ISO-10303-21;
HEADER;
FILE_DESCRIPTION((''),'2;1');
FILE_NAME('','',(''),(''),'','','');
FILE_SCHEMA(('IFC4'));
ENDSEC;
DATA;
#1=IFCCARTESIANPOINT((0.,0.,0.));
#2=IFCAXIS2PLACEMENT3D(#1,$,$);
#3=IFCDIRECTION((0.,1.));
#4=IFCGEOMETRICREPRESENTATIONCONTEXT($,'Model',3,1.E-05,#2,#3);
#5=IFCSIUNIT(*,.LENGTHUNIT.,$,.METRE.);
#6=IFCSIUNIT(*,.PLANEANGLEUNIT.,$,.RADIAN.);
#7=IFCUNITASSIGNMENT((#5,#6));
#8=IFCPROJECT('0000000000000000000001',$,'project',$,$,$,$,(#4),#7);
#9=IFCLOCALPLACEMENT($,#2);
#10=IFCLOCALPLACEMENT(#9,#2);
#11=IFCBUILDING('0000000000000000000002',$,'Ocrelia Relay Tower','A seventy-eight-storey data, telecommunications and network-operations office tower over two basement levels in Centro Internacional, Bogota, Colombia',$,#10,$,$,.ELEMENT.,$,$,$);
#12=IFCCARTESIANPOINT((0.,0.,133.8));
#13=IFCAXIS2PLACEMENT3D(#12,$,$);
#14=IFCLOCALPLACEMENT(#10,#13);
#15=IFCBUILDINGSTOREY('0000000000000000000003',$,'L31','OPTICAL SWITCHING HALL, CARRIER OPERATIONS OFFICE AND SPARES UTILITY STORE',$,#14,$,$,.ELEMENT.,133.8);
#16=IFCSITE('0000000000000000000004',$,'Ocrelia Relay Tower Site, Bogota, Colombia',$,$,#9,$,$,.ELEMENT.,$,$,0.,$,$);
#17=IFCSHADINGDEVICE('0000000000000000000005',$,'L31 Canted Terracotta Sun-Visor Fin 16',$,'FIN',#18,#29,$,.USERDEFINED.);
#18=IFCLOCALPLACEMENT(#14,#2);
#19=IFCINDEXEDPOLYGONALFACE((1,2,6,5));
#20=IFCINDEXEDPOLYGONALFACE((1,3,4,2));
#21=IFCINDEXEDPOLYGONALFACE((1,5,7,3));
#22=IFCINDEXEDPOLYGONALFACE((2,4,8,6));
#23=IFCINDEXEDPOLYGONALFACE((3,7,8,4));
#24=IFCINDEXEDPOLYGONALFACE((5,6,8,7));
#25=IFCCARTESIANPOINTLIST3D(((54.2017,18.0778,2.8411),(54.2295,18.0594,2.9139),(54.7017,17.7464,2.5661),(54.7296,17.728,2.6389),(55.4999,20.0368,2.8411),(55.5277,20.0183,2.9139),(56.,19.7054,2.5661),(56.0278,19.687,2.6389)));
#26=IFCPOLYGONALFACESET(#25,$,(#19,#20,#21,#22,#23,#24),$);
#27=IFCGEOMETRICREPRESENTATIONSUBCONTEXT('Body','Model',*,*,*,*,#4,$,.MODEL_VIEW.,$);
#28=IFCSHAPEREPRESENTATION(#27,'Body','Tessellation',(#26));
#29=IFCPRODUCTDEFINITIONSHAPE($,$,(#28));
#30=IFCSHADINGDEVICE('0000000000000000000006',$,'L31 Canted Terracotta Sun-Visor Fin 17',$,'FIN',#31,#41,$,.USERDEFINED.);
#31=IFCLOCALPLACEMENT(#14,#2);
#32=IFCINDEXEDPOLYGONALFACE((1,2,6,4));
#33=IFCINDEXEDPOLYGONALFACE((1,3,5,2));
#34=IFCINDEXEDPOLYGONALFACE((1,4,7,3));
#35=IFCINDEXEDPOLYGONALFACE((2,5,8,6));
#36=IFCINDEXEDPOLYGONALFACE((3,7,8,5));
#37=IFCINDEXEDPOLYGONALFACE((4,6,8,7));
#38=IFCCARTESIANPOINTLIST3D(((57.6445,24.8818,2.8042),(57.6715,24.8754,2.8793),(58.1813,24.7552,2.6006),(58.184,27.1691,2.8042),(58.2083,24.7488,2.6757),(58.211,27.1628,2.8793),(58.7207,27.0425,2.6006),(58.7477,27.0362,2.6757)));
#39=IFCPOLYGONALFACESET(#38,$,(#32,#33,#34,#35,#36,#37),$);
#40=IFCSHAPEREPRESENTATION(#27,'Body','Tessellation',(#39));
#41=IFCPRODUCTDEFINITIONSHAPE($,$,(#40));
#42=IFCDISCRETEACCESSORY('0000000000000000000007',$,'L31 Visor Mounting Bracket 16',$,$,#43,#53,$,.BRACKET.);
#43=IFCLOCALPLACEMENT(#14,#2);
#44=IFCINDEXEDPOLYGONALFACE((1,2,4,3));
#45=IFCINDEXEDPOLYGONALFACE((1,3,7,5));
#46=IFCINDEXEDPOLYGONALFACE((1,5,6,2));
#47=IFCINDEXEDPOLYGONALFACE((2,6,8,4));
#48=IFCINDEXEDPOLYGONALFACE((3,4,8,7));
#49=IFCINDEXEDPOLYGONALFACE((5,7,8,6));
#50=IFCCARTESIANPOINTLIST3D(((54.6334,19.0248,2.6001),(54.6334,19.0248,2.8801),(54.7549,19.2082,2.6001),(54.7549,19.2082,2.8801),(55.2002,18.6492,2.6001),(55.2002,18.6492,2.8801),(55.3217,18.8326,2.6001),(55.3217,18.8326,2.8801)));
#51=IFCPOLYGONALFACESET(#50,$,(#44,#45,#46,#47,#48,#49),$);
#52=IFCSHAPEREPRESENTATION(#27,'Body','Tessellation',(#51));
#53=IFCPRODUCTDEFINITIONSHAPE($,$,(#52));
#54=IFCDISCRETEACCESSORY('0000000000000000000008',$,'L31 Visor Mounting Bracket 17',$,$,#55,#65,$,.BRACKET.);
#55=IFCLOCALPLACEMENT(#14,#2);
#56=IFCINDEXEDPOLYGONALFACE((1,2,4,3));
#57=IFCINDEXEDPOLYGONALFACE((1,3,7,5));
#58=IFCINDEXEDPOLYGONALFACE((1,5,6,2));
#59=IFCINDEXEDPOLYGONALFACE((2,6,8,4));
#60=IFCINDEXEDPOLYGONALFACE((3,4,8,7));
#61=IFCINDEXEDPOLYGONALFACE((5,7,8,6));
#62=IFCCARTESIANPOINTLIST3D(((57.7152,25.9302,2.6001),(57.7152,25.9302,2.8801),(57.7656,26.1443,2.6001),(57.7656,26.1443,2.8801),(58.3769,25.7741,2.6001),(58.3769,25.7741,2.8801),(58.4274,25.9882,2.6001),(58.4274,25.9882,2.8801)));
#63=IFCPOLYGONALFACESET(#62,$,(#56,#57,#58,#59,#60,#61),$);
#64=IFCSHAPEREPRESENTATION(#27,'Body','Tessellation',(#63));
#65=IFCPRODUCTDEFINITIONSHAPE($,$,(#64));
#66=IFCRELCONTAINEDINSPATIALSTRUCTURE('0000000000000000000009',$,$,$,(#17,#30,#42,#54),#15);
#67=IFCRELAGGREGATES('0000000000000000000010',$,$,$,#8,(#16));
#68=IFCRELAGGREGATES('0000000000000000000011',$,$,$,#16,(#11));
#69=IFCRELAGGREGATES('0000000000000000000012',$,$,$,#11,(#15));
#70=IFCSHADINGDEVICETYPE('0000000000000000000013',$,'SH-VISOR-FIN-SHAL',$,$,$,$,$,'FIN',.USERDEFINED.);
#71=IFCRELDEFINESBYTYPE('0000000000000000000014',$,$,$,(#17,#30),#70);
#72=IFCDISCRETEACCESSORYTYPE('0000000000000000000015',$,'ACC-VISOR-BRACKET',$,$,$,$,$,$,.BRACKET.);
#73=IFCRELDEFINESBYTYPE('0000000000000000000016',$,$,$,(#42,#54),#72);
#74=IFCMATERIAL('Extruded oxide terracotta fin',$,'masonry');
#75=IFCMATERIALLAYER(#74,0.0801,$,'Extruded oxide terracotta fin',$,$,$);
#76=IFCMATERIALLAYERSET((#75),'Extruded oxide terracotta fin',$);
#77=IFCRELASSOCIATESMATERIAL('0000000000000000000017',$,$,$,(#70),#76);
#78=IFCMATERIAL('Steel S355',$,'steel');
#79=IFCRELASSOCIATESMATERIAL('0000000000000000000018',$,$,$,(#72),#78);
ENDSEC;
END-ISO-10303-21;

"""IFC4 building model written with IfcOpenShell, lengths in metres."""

from ifc_helpers import new_model, si_unit, direction, frame, origin, origin_2d, place, context, subcontext, project, spatial, rectangle, extrude, material, layer, layer_set, type_object, element, save


model = new_model("IFC4")

# Units and contexts
model_context = context("Model", 3, precision=1e-05, world=origin(), true_north=direction((0.0, 1.0)))
body_context = subcontext(model_context, "Body", "Model", "MODEL_VIEW")
ifc_project = project(units=[si_unit("LENGTHUNIT", "METRE"), si_unit("PLANEANGLEUNIT", "RADIAN")], contexts=[model_context])

# Site, building, storey
site_placement = place(None, origin())
site = spatial("IfcSite", under=ifc_project, at=site_placement, Name="Ocrelia Relay Tower Site, Bogota, Colombia", CompositionType="ELEMENT", RefElevation=0.0)
building_placement = place(site_placement, origin())
building = spatial("IfcBuilding", under=site, at=building_placement, Name="Ocrelia Relay Tower", Description="A seventy-eight-storey data, telecommunications and network-operations office tower over two basement levels in Centro Internacional, Bogota, Colombia", CompositionType="ELEMENT")
storey_placement = place(building_placement, frame((0.0, 0.0, 133.8)))
storey = spatial("IfcBuildingStorey", under=building, at=storey_placement, Name="L31", Description="OPTICAL SWITCHING HALL, CARRIER OPERATIONS OFFICE AND SPARES UTILITY STORE", CompositionType="ELEMENT", Elevation=133.8)

# Shared definitions
ifc_material_1 = material(Name="Steel S355", Category="steel")

# Shading devices
ifc_material_2 = material(Name="Extruded oxide terracotta fin", Category="masonry")
ifc_layer_1 = layer(ifc_material_2, 0.0801, Name="Extruded oxide terracotta fin")
ifc_layer_set_1 = layer_set([ifc_layer_1], Name="Extruded oxide terracotta fin")
shading_device_type_1 = type_object("IfcShadingDeviceType", Name="SH-VISOR-FIN-SHAL", ElementType="FIN", PredefinedType="USERDEFINED", material=ifc_layer_set_1)
shading_device_1_placement = place(storey_placement, frame((55.1008, 18.8916, 2.7036), z_axis=(0.347398, -0.230219, 0.909018), x_axis=(0.552406, 0.833575, 0.0)))
element("IfcShadingDevice", 1, at=shading_device_1_placement, inside=storey, type_object=shading_device_type_1, Name="L31 Canted Terracotta Sun-Visor Fin 16", ObjectType="FIN", PredefinedType="USERDEFINED", context=body_context, shape_type="SweptSolid", body=[
    extrude(rectangle(XDim=2.3501, YDim=0.6599, at=origin_2d()), origin(), (0.0, 0.0, 1.0), 0.0801),
])
shading_device_2_placement = place(storey_placement, frame((58.1826, 25.9622, 2.7024), z_axis=(0.337195, -0.079521, 0.93807), x_axis=(0.229534, 0.973301, 0.0)))
element("IfcShadingDevice", 2, at=shading_device_2_placement, inside=storey, type_object=shading_device_type_1, Name="L31 Canted Terracotta Sun-Visor Fin 17", ObjectType="FIN", PredefinedType="USERDEFINED", context=body_context, shape_type="SweptSolid", body=[
    extrude(rectangle(XDim=2.3501, YDim=0.5879, at=origin_2d()), origin(), (0.0, 0.0, 1.0), 0.0801),
])

# Discrete accessories
discrete_accessory_type = type_object("IfcDiscreteAccessoryType", Name="ACC-VISOR-BRACKET", PredefinedType="BRACKET", material=ifc_material_1)
for number, where, z_axis, x_axis, name in (
    (3, (54.9775, 18.9287, 2.6001), (0.0, 0.0, 1.0), (0.552406, 0.833575, 0.0), "L31 Visor Mounting Bracket 16"),
    (4, (58.0713, 25.9592, 2.6001), (0.0, 0.0, 1.0), (0.229534, 0.973301, 0.0), "L31 Visor Mounting Bracket 17"),
):
    element("IfcDiscreteAccessory", number, at=place(storey_placement, frame(where, z_axis=z_axis, x_axis=x_axis)), inside=storey, type_object=discrete_accessory_type, Name=name, PredefinedType="BRACKET", context=body_context, shape_type="SweptSolid", body=[
        extrude(rectangle(XDim=0.22, YDim=0.6799, at=origin_2d()), origin(), (0.0, 0.0, 1.0), 0.28),
    ])

save(model, "model.ifc")
